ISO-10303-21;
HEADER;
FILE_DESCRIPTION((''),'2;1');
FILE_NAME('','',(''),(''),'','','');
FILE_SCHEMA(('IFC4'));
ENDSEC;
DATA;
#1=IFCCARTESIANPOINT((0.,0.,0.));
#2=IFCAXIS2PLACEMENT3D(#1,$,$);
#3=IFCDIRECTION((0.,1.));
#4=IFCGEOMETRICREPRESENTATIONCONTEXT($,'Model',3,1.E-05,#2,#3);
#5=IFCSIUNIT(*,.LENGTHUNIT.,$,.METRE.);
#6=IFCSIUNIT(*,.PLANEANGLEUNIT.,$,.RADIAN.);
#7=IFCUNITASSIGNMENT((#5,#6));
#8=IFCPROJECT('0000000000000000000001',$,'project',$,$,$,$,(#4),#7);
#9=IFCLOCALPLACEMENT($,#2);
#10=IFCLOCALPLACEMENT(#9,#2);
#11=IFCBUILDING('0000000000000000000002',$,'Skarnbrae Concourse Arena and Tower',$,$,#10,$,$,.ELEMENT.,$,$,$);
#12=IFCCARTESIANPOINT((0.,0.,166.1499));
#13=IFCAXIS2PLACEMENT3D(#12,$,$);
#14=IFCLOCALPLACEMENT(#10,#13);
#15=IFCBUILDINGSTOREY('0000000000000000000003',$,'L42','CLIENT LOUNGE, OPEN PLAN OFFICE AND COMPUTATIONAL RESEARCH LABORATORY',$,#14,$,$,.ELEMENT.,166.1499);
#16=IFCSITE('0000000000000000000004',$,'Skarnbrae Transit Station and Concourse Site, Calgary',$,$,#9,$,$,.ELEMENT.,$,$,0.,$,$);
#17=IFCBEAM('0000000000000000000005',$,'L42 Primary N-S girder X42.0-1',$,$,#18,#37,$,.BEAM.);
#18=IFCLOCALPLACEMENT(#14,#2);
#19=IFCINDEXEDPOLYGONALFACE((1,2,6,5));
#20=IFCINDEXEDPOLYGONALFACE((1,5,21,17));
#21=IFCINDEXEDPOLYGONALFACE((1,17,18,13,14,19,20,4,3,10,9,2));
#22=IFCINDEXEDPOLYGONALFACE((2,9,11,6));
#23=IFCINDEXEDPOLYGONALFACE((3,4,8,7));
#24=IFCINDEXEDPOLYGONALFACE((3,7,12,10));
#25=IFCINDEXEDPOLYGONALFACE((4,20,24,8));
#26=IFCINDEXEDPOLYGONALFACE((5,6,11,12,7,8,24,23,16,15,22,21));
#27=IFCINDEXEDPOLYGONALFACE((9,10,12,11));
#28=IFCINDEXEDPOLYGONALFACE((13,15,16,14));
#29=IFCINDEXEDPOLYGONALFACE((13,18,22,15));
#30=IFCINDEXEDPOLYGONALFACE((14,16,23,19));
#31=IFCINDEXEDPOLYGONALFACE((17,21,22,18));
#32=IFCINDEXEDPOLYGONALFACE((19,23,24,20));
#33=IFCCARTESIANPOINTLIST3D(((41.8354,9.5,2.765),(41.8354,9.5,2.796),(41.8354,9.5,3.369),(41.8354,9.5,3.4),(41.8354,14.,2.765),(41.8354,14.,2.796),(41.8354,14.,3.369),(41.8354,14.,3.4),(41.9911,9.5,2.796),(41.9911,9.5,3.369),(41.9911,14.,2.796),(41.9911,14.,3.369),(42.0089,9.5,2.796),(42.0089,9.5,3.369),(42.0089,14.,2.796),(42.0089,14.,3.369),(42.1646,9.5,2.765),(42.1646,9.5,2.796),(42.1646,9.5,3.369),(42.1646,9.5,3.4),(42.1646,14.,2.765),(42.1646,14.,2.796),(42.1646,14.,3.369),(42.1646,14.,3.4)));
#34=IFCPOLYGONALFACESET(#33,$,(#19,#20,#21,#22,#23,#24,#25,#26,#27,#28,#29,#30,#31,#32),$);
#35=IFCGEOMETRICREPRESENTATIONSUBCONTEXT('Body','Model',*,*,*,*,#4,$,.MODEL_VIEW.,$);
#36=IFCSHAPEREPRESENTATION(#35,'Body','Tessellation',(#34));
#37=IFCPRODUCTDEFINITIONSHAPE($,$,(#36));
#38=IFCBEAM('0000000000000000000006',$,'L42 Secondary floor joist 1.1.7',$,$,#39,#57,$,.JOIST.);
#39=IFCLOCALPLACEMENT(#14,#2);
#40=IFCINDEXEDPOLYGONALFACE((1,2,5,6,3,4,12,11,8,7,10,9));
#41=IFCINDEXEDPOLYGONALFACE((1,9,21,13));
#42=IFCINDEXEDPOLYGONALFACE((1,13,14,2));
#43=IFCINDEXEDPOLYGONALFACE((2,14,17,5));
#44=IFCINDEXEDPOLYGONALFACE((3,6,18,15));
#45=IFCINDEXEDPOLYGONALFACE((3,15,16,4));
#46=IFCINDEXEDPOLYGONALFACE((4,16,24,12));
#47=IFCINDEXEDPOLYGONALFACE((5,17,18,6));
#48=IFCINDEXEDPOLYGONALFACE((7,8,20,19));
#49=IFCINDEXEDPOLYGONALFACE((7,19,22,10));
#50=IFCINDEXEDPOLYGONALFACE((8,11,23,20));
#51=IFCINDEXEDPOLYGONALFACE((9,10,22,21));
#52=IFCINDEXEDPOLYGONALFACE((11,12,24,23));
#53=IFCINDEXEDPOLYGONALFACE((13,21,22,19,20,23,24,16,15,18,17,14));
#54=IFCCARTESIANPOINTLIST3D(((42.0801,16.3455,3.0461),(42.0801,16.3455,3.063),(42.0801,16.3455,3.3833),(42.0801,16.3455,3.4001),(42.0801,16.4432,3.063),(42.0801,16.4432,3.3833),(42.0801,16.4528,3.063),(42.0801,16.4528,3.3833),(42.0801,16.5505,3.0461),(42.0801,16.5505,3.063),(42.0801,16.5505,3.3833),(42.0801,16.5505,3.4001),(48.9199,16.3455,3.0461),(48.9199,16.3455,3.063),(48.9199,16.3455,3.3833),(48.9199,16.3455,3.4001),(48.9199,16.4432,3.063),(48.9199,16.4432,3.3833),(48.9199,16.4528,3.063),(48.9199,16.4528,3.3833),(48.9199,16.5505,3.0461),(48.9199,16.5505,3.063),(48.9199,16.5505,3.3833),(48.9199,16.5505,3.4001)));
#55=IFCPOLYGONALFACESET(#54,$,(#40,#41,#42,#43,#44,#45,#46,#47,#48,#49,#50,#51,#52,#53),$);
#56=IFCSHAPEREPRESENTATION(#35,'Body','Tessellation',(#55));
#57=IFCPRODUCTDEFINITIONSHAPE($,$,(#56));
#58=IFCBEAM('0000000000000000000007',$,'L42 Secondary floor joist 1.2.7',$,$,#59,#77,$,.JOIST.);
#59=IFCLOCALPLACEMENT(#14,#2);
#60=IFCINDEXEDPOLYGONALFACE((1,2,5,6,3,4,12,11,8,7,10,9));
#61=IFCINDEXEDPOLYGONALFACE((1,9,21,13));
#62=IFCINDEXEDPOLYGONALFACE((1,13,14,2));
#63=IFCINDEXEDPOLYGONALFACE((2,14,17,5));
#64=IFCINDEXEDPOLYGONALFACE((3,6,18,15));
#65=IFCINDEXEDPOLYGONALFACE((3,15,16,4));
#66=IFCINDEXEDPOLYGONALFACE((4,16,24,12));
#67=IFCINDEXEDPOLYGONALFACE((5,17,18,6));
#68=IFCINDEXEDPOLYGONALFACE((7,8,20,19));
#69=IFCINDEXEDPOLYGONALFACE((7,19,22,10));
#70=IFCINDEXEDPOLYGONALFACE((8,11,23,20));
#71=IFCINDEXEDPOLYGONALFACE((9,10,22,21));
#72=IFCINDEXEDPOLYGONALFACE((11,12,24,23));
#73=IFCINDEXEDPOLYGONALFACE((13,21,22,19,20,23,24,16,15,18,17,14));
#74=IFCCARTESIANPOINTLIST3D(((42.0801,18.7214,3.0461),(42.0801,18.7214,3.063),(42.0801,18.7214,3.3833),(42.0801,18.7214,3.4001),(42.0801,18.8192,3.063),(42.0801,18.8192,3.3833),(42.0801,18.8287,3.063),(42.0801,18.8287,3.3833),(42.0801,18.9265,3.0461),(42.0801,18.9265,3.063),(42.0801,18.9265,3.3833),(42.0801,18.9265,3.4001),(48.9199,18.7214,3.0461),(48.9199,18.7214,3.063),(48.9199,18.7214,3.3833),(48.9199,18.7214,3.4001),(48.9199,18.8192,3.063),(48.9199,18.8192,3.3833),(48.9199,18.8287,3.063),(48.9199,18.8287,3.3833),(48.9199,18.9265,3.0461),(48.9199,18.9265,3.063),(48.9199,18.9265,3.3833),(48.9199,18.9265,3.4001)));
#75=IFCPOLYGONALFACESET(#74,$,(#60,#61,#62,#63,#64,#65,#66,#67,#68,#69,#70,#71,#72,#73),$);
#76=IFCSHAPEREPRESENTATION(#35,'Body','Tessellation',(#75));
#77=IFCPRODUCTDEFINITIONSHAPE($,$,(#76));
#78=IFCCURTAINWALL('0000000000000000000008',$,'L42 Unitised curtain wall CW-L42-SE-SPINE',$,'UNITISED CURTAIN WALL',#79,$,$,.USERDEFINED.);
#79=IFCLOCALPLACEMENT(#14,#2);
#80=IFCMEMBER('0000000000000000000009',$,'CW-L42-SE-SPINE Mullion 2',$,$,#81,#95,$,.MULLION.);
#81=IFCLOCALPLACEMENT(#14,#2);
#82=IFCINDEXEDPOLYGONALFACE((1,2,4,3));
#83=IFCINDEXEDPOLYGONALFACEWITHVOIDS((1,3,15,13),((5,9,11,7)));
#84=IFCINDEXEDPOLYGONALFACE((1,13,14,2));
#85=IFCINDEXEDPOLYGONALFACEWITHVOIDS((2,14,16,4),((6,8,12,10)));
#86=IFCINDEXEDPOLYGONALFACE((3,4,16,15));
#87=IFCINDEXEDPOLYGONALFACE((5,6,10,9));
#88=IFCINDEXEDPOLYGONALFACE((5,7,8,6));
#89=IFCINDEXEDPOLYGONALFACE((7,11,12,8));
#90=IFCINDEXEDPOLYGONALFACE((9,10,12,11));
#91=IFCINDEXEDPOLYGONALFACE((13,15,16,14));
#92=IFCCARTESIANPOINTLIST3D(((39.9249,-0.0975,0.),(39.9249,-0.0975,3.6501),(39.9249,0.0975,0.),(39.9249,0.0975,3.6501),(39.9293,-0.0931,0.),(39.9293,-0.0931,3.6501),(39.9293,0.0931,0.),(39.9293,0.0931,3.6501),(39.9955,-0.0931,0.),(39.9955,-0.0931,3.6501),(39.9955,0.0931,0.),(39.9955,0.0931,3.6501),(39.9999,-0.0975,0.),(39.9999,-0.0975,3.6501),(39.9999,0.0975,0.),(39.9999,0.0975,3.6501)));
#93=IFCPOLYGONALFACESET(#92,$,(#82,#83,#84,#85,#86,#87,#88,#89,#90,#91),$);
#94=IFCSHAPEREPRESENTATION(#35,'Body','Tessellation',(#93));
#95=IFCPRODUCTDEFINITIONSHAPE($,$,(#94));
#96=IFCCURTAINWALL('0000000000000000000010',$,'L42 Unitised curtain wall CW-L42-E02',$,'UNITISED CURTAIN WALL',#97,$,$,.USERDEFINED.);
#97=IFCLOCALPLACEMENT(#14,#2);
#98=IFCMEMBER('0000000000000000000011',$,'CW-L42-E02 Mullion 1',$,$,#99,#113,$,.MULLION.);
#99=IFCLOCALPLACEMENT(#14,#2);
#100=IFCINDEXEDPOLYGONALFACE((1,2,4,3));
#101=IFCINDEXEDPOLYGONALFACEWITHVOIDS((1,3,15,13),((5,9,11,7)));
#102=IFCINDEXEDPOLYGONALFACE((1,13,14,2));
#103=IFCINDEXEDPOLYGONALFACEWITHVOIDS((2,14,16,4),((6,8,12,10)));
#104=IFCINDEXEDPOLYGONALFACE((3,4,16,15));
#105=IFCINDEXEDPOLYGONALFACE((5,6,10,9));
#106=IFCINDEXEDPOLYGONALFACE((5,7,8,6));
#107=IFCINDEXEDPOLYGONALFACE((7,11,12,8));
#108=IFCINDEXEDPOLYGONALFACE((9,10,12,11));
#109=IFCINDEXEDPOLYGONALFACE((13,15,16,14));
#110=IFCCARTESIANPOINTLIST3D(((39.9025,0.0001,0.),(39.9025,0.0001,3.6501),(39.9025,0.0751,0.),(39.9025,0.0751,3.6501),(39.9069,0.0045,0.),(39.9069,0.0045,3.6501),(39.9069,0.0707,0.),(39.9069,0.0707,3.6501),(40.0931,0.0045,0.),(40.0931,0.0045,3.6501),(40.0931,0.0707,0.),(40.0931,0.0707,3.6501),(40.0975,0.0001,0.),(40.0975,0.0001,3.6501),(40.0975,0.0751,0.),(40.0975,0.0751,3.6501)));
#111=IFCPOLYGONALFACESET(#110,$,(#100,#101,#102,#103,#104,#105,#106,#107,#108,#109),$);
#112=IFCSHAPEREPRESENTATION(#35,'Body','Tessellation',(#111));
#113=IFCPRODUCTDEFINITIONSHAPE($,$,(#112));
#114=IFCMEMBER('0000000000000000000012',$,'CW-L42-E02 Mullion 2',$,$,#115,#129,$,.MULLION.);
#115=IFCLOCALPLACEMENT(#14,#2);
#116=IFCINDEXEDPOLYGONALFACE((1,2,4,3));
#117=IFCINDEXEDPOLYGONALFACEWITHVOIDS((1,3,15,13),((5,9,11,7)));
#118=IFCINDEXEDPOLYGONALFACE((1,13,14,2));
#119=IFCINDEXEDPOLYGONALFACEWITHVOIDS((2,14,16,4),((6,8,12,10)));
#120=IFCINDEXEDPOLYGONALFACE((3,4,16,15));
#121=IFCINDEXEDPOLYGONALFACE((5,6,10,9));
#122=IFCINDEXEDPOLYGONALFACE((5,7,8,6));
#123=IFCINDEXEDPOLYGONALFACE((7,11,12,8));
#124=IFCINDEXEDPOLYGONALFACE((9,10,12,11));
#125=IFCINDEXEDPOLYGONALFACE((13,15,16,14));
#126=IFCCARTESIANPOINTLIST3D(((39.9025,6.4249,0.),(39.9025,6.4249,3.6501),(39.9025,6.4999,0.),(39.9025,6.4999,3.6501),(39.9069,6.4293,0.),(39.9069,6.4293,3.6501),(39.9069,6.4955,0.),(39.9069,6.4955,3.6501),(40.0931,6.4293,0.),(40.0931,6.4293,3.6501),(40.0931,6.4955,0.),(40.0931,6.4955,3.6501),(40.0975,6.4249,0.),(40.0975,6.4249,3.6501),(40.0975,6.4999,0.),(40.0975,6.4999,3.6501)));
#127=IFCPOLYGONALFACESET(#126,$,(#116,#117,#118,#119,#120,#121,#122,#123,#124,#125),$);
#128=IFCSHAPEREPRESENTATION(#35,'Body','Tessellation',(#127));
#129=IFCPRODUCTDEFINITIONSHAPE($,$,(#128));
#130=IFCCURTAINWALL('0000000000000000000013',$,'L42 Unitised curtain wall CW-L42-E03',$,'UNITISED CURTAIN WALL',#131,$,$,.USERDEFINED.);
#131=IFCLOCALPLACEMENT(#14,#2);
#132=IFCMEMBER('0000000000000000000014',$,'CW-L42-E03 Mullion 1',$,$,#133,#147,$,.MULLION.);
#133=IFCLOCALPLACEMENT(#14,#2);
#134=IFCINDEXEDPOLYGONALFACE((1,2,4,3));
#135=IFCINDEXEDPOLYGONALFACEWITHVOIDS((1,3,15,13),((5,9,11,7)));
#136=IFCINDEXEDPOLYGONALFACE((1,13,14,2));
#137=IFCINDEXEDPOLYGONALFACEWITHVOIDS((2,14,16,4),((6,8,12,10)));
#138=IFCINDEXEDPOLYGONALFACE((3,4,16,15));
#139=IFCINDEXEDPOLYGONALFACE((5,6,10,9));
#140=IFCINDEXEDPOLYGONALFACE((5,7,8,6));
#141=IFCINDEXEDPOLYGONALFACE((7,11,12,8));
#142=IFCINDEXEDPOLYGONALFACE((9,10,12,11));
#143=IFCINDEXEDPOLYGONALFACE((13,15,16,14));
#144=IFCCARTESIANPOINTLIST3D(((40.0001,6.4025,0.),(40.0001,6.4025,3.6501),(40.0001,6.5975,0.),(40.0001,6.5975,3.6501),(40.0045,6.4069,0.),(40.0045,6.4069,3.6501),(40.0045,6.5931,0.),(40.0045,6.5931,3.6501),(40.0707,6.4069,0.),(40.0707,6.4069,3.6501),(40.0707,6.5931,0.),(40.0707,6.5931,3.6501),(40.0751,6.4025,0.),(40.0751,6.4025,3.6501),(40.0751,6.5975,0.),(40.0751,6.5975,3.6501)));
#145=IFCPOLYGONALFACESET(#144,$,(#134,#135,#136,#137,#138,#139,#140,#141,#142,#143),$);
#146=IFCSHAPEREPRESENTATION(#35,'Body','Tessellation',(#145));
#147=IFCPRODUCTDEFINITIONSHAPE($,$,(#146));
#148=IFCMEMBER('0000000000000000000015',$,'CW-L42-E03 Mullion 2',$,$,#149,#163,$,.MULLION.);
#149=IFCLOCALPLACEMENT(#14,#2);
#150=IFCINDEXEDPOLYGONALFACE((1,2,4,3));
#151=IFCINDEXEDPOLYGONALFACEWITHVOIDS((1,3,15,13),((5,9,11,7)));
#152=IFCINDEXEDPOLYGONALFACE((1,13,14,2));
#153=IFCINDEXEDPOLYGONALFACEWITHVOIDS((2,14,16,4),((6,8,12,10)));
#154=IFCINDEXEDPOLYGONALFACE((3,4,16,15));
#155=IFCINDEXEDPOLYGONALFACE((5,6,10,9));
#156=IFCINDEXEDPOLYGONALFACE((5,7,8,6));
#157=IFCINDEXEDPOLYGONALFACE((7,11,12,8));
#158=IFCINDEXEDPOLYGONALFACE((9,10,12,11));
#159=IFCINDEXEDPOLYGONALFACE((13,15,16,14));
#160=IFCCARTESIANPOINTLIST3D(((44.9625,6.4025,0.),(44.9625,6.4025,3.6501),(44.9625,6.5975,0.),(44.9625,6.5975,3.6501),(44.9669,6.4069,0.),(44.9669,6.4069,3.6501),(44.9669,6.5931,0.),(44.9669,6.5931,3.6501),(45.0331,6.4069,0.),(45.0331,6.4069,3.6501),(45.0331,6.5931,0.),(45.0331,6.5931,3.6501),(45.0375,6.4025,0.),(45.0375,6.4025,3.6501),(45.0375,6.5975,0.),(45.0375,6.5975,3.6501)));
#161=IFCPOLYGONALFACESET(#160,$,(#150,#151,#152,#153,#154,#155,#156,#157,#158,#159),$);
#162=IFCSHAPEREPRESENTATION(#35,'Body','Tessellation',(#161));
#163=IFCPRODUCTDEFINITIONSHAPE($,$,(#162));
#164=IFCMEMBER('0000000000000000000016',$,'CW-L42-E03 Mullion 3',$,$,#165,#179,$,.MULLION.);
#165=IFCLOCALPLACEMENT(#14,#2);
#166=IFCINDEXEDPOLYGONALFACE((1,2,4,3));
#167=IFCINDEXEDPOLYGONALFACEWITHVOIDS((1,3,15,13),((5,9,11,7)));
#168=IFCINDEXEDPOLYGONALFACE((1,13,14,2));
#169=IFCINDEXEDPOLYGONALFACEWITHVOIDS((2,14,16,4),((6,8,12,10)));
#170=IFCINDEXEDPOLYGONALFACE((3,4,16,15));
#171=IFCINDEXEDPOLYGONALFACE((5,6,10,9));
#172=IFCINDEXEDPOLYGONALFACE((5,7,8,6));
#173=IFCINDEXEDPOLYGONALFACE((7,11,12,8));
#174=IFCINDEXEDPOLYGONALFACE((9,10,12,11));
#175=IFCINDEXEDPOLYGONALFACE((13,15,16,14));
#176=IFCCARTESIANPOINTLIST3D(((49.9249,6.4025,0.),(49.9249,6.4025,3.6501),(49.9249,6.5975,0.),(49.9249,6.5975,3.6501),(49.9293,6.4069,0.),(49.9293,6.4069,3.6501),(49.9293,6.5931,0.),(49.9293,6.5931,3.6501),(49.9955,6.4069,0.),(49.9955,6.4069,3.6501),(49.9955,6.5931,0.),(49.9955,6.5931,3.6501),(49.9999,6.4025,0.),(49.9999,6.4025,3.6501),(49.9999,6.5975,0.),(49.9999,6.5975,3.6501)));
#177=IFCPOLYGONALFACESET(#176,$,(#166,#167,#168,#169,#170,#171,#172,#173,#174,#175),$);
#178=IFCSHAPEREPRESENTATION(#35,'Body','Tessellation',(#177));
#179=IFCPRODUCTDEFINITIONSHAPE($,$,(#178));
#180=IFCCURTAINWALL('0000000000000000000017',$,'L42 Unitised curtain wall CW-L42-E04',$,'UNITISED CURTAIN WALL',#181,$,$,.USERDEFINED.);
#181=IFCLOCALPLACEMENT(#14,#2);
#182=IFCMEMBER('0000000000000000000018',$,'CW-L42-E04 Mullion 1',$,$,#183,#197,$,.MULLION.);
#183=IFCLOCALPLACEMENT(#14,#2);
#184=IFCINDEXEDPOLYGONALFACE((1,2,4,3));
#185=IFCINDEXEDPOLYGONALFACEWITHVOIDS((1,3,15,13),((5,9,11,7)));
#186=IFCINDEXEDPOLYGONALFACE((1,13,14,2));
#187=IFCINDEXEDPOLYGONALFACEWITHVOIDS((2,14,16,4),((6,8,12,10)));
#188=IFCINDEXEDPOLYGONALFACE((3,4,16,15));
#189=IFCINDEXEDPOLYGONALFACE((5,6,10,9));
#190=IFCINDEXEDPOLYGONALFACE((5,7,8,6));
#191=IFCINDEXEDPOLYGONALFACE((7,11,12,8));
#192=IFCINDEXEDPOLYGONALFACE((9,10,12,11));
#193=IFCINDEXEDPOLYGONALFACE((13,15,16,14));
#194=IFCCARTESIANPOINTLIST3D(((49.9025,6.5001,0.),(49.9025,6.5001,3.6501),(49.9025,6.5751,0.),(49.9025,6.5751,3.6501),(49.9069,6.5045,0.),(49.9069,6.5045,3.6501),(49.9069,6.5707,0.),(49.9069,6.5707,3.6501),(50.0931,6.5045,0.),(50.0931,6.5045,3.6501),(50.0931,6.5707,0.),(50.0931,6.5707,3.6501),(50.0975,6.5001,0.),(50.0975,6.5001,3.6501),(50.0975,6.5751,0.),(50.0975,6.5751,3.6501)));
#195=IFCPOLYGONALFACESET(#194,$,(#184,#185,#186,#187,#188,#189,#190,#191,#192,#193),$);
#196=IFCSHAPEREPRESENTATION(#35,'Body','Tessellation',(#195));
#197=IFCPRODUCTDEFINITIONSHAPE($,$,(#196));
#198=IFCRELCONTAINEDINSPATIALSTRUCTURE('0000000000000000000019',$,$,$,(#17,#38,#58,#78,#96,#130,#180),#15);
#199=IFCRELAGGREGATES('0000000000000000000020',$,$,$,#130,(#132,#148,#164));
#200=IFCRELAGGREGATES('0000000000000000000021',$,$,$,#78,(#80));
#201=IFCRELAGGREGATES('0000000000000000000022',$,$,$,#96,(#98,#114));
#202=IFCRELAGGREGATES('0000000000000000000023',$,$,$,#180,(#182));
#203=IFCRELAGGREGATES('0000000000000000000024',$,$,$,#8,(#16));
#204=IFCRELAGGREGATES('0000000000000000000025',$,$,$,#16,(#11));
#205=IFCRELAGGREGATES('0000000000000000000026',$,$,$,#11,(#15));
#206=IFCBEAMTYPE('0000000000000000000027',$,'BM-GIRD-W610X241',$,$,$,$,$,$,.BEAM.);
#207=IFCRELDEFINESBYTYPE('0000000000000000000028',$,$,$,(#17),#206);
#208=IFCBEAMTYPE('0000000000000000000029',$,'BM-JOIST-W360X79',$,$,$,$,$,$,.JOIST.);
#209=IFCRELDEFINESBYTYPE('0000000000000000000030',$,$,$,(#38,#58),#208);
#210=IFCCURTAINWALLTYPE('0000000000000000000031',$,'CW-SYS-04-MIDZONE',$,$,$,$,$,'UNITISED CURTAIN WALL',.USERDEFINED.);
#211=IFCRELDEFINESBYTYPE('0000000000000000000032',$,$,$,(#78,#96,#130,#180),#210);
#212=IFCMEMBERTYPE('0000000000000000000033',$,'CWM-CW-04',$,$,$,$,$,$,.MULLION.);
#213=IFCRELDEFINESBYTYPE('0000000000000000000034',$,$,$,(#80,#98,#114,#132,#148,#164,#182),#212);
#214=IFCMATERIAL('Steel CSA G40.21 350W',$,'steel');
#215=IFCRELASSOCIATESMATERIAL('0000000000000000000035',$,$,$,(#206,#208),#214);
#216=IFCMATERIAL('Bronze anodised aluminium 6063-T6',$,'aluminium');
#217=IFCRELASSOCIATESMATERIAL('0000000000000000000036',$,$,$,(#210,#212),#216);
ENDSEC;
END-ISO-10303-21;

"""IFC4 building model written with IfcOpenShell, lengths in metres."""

from ifc_helpers import new_model, si_unit, direction, frame, origin, origin_2d, place, context, subcontext, project, spatial, hollow_rectangle, i_section, extrude, source, transform, mapped, material, material_profile, profile_set, type_object, element, aggregate, save


model = new_model("IFC4")

# Units and contexts
model_context = context("Model", 3, precision=1e-05, world=origin(), true_north=direction((0.0, 1.0)))
body_context = subcontext(model_context, "Body", "Model", "MODEL_VIEW")
ifc_project = project(units=[si_unit("LENGTHUNIT", "METRE"), si_unit("PLANEANGLEUNIT", "RADIAN")], contexts=[model_context])

# Site, building, storey
site_placement = place(None, origin())
site = spatial("IfcSite", under=ifc_project, at=site_placement, Name="Skarnbrae Transit Station and Concourse Site, Calgary", CompositionType="ELEMENT", RefElevation=0.0)
building_placement = place(site_placement, origin())
building = spatial("IfcBuilding", under=site, at=building_placement, Name="Skarnbrae Concourse Arena and Tower", CompositionType="ELEMENT")
storey_placement = place(building_placement, frame((0.0, 0.0, 166.1499)))
storey = spatial("IfcBuildingStorey", under=building, at=storey_placement, Name="L42", Description="CLIENT LOUNGE, OPEN PLAN OFFICE AND COMPUTATIONAL RESEARCH LABORATORY", CompositionType="ELEMENT", Elevation=166.1499)

# Shared definitions
ifc_material_1 = material(Name="Steel CSA G40.21 350W", Category="steel")

# Beams
ifc_material_profile_1 = material_profile(ifc_material_1, i_section(OverallWidth=0.3291, OverallDepth=0.635, WebThickness=0.0178, FlangeThickness=0.031, at=origin_2d()), Name="W610X241")
ifc_profile_set_1 = profile_set([ifc_material_profile_1], Name="Steel CSA G40.21 350W")
beam_type_1 = type_object("IfcBeamType", Name="BM-GIRD-W610X241", PredefinedType="BEAM", material=ifc_profile_set_1)
shared_shape_1 = source(origin(), body_context, "Body", "SweptSolid", [
    extrude(i_section(OverallWidth=0.3291, OverallDepth=0.635, WebThickness=0.0178, FlangeThickness=0.031, at=origin_2d()), origin(), (0.0, 0.0, 1.0), 4.5),
])
beam_1_placement = place(storey_placement, frame((42.0, 9.5, 3.0825), z_axis=(0.0, 1.0, 0.0), x_axis=(-1.0, 0.0, 0.0)))
element("IfcBeam", 1, at=beam_1_placement, inside=storey, type_object=beam_type_1, Name="L42 Primary N-S girder X42.0-1", PredefinedType="BEAM", context=body_context, shape_type="MappedRepresentation", body=[
    mapped(shared_shape_1, transform((0.0, 0.0, 0.0))),
])
ifc_material_profile_2 = material_profile(ifc_material_1, i_section(OverallWidth=0.2051, OverallDepth=0.354, WebThickness=0.0095, FlangeThickness=0.0168, at=origin_2d()), Name="W360X79")
ifc_profile_set_2 = profile_set([ifc_material_profile_2], Name="Steel CSA G40.21 350W")
beam_type_2 = type_object("IfcBeamType", Name="BM-JOIST-W360X79", PredefinedType="JOIST", material=ifc_profile_set_2)
shared_shape_2 = source(origin(), body_context, "Body", "SweptSolid", [
    extrude(i_section(OverallWidth=0.2051, OverallDepth=0.354, WebThickness=0.0095, FlangeThickness=0.0168, at=origin_2d()), origin(), (0.0, 0.0, 1.0), 6.8398),
])
for number, where, z_axis, x_axis, name in (
    (2, (42.0801, 16.448, 3.2231), (1.0, 0.0, 0.0), (0.0, 1.0, 0.0), "L42 Secondary floor joist 1.1.7"),
    (3, (42.0801, 18.824, 3.2231), (1.0, 0.0, 0.0), (0.0, 1.0, 0.0), "L42 Secondary floor joist 1.2.7"),
):
    element("IfcBeam", number, at=place(storey_placement, frame(where, z_axis=z_axis, x_axis=x_axis)), inside=storey, type_object=beam_type_2, Name=name, PredefinedType="JOIST", context=body_context, shape_type="MappedRepresentation", body=[
        mapped(shared_shape_2, transform((0.0, 0.0, 0.0))),
    ])

# Curtain wall, member
ifc_material_2 = material(Name="Bronze anodised aluminium 6063-T6", Category="aluminium")
curtain_wall_type = type_object("IfcCurtainWallType", Name="CW-SYS-04-MIDZONE", ElementType="UNITISED CURTAIN WALL", PredefinedType="USERDEFINED", material=ifc_material_2)
curtain_wall_1_placement = place(storey_placement, origin())
curtain_wall_1 = element("IfcCurtainWall", 4, at=curtain_wall_1_placement, inside=storey, type_object=curtain_wall_type, Name="L42 Unitised curtain wall CW-L42-SE-SPINE", ObjectType="UNITISED CURTAIN WALL", PredefinedType="USERDEFINED")
ifc_material_profile_3 = material_profile(ifc_material_2, hollow_rectangle(XDim=0.075, YDim=0.1951, WallThickness=0.0044, at=origin_2d()), Name="ALU-MULL-75X195")
ifc_profile_set_3 = profile_set([ifc_material_profile_3], Name="Bronze anodised aluminium 6063-T6")
member_type_1 = type_object("IfcMemberType", Name="CWM-CW-04", PredefinedType="MULLION", material=ifc_profile_set_3)
shared_shape_3 = source(origin(), body_context, "Body", "SweptSolid", [
    extrude(hollow_rectangle(XDim=0.075, YDim=0.1951, WallThickness=0.0044, at=origin_2d()), origin(), (0.0, 0.0, 1.0), 3.6501),
])
member_1_placement = place(storey_placement, frame((39.9624, 0.0, 0.0), z_axis=(0.0, 0.0, 1.0), x_axis=(1.0, 0.0, 0.0)))
member_1 = element("IfcMember", 5, at=member_1_placement, type_object=member_type_1, Name="CW-L42-SE-SPINE Mullion 2", PredefinedType="MULLION", context=body_context, shape_type="MappedRepresentation", body=[
    mapped(shared_shape_3, transform((0.0, 0.0, 0.0))),
])

# Curtain walls, members
curtain_wall_2_placement = place(storey_placement, origin())
curtain_wall_2 = element("IfcCurtainWall", 6, at=curtain_wall_2_placement, inside=storey, type_object=curtain_wall_type, Name="L42 Unitised curtain wall CW-L42-E02", ObjectType="UNITISED CURTAIN WALL", PredefinedType="USERDEFINED")
member_2_placement = place(storey_placement, frame((40.0, 0.0376, 0.0), z_axis=(0.0, 0.0, 1.0), x_axis=(0.0, 1.0, 0.0)))
member_2 = element("IfcMember", 7, at=member_2_placement, type_object=member_type_1, Name="CW-L42-E02 Mullion 1", PredefinedType="MULLION", context=body_context, shape_type="MappedRepresentation", body=[
    mapped(shared_shape_3, transform((0.0, 0.0, 0.0))),
])
member_3_placement = place(storey_placement, frame((40.0, 6.4624, 0.0), z_axis=(0.0, 0.0, 1.0), x_axis=(0.0, 1.0, 0.0)))
member_3 = element("IfcMember", 8, at=member_3_placement, type_object=member_type_1, Name="CW-L42-E02 Mullion 2", PredefinedType="MULLION", context=body_context, shape_type="MappedRepresentation", body=[
    mapped(shared_shape_3, transform((0.0, 0.0, 0.0))),
])
curtain_wall_3_placement = place(storey_placement, origin())
curtain_wall_3 = element("IfcCurtainWall", 9, at=curtain_wall_3_placement, inside=storey, type_object=curtain_wall_type, Name="L42 Unitised curtain wall CW-L42-E03", ObjectType="UNITISED CURTAIN WALL", PredefinedType="USERDEFINED")
member_4_placement = place(storey_placement, frame((40.0376, 6.5, 0.0), z_axis=(0.0, 0.0, 1.0), x_axis=(1.0, 0.0, 0.0)))
member_4 = element("IfcMember", 10, at=member_4_placement, type_object=member_type_1, Name="CW-L42-E03 Mullion 1", PredefinedType="MULLION", context=body_context, shape_type="MappedRepresentation", body=[
    mapped(shared_shape_3, transform((0.0, 0.0, 0.0))),
])
member_5_placement = place(storey_placement, frame((45.0, 6.5, 0.0), z_axis=(0.0, 0.0, 1.0), x_axis=(1.0, 0.0, 0.0)))
member_5 = element("IfcMember", 11, at=member_5_placement, type_object=member_type_1, Name="CW-L42-E03 Mullion 2", PredefinedType="MULLION", context=body_context, shape_type="MappedRepresentation", body=[
    mapped(shared_shape_3, transform((0.0, 0.0, 0.0))),
])
member_6_placement = place(storey_placement, frame((49.9624, 6.5, 0.0), z_axis=(0.0, 0.0, 1.0), x_axis=(1.0, 0.0, 0.0)))
member_6 = element("IfcMember", 12, at=member_6_placement, type_object=member_type_1, Name="CW-L42-E03 Mullion 3", PredefinedType="MULLION", context=body_context, shape_type="MappedRepresentation", body=[
    mapped(shared_shape_3, transform((0.0, 0.0, 0.0))),
])
curtain_wall_4_placement = place(storey_placement, origin())
curtain_wall_4 = element("IfcCurtainWall", 13, at=curtain_wall_4_placement, inside=storey, type_object=curtain_wall_type, Name="L42 Unitised curtain wall CW-L42-E04", ObjectType="UNITISED CURTAIN WALL", PredefinedType="USERDEFINED")
member_7_placement = place(storey_placement, frame((50.0, 6.5376, 0.0), z_axis=(0.0, 0.0, 1.0), x_axis=(0.0, 1.0, 0.0)))
member_7 = element("IfcMember", 14, at=member_7_placement, type_object=member_type_1, Name="CW-L42-E04 Mullion 1", PredefinedType="MULLION", context=body_context, shape_type="MappedRepresentation", body=[
    mapped(shared_shape_3, transform((0.0, 0.0, 0.0))),
])

aggregate(curtain_wall_3, [member_4, member_5, member_6])
aggregate(curtain_wall_1, [member_1])
aggregate(curtain_wall_2, [member_2, member_3])
aggregate(curtain_wall_4, [member_7])

save(model, "model.ifc")
